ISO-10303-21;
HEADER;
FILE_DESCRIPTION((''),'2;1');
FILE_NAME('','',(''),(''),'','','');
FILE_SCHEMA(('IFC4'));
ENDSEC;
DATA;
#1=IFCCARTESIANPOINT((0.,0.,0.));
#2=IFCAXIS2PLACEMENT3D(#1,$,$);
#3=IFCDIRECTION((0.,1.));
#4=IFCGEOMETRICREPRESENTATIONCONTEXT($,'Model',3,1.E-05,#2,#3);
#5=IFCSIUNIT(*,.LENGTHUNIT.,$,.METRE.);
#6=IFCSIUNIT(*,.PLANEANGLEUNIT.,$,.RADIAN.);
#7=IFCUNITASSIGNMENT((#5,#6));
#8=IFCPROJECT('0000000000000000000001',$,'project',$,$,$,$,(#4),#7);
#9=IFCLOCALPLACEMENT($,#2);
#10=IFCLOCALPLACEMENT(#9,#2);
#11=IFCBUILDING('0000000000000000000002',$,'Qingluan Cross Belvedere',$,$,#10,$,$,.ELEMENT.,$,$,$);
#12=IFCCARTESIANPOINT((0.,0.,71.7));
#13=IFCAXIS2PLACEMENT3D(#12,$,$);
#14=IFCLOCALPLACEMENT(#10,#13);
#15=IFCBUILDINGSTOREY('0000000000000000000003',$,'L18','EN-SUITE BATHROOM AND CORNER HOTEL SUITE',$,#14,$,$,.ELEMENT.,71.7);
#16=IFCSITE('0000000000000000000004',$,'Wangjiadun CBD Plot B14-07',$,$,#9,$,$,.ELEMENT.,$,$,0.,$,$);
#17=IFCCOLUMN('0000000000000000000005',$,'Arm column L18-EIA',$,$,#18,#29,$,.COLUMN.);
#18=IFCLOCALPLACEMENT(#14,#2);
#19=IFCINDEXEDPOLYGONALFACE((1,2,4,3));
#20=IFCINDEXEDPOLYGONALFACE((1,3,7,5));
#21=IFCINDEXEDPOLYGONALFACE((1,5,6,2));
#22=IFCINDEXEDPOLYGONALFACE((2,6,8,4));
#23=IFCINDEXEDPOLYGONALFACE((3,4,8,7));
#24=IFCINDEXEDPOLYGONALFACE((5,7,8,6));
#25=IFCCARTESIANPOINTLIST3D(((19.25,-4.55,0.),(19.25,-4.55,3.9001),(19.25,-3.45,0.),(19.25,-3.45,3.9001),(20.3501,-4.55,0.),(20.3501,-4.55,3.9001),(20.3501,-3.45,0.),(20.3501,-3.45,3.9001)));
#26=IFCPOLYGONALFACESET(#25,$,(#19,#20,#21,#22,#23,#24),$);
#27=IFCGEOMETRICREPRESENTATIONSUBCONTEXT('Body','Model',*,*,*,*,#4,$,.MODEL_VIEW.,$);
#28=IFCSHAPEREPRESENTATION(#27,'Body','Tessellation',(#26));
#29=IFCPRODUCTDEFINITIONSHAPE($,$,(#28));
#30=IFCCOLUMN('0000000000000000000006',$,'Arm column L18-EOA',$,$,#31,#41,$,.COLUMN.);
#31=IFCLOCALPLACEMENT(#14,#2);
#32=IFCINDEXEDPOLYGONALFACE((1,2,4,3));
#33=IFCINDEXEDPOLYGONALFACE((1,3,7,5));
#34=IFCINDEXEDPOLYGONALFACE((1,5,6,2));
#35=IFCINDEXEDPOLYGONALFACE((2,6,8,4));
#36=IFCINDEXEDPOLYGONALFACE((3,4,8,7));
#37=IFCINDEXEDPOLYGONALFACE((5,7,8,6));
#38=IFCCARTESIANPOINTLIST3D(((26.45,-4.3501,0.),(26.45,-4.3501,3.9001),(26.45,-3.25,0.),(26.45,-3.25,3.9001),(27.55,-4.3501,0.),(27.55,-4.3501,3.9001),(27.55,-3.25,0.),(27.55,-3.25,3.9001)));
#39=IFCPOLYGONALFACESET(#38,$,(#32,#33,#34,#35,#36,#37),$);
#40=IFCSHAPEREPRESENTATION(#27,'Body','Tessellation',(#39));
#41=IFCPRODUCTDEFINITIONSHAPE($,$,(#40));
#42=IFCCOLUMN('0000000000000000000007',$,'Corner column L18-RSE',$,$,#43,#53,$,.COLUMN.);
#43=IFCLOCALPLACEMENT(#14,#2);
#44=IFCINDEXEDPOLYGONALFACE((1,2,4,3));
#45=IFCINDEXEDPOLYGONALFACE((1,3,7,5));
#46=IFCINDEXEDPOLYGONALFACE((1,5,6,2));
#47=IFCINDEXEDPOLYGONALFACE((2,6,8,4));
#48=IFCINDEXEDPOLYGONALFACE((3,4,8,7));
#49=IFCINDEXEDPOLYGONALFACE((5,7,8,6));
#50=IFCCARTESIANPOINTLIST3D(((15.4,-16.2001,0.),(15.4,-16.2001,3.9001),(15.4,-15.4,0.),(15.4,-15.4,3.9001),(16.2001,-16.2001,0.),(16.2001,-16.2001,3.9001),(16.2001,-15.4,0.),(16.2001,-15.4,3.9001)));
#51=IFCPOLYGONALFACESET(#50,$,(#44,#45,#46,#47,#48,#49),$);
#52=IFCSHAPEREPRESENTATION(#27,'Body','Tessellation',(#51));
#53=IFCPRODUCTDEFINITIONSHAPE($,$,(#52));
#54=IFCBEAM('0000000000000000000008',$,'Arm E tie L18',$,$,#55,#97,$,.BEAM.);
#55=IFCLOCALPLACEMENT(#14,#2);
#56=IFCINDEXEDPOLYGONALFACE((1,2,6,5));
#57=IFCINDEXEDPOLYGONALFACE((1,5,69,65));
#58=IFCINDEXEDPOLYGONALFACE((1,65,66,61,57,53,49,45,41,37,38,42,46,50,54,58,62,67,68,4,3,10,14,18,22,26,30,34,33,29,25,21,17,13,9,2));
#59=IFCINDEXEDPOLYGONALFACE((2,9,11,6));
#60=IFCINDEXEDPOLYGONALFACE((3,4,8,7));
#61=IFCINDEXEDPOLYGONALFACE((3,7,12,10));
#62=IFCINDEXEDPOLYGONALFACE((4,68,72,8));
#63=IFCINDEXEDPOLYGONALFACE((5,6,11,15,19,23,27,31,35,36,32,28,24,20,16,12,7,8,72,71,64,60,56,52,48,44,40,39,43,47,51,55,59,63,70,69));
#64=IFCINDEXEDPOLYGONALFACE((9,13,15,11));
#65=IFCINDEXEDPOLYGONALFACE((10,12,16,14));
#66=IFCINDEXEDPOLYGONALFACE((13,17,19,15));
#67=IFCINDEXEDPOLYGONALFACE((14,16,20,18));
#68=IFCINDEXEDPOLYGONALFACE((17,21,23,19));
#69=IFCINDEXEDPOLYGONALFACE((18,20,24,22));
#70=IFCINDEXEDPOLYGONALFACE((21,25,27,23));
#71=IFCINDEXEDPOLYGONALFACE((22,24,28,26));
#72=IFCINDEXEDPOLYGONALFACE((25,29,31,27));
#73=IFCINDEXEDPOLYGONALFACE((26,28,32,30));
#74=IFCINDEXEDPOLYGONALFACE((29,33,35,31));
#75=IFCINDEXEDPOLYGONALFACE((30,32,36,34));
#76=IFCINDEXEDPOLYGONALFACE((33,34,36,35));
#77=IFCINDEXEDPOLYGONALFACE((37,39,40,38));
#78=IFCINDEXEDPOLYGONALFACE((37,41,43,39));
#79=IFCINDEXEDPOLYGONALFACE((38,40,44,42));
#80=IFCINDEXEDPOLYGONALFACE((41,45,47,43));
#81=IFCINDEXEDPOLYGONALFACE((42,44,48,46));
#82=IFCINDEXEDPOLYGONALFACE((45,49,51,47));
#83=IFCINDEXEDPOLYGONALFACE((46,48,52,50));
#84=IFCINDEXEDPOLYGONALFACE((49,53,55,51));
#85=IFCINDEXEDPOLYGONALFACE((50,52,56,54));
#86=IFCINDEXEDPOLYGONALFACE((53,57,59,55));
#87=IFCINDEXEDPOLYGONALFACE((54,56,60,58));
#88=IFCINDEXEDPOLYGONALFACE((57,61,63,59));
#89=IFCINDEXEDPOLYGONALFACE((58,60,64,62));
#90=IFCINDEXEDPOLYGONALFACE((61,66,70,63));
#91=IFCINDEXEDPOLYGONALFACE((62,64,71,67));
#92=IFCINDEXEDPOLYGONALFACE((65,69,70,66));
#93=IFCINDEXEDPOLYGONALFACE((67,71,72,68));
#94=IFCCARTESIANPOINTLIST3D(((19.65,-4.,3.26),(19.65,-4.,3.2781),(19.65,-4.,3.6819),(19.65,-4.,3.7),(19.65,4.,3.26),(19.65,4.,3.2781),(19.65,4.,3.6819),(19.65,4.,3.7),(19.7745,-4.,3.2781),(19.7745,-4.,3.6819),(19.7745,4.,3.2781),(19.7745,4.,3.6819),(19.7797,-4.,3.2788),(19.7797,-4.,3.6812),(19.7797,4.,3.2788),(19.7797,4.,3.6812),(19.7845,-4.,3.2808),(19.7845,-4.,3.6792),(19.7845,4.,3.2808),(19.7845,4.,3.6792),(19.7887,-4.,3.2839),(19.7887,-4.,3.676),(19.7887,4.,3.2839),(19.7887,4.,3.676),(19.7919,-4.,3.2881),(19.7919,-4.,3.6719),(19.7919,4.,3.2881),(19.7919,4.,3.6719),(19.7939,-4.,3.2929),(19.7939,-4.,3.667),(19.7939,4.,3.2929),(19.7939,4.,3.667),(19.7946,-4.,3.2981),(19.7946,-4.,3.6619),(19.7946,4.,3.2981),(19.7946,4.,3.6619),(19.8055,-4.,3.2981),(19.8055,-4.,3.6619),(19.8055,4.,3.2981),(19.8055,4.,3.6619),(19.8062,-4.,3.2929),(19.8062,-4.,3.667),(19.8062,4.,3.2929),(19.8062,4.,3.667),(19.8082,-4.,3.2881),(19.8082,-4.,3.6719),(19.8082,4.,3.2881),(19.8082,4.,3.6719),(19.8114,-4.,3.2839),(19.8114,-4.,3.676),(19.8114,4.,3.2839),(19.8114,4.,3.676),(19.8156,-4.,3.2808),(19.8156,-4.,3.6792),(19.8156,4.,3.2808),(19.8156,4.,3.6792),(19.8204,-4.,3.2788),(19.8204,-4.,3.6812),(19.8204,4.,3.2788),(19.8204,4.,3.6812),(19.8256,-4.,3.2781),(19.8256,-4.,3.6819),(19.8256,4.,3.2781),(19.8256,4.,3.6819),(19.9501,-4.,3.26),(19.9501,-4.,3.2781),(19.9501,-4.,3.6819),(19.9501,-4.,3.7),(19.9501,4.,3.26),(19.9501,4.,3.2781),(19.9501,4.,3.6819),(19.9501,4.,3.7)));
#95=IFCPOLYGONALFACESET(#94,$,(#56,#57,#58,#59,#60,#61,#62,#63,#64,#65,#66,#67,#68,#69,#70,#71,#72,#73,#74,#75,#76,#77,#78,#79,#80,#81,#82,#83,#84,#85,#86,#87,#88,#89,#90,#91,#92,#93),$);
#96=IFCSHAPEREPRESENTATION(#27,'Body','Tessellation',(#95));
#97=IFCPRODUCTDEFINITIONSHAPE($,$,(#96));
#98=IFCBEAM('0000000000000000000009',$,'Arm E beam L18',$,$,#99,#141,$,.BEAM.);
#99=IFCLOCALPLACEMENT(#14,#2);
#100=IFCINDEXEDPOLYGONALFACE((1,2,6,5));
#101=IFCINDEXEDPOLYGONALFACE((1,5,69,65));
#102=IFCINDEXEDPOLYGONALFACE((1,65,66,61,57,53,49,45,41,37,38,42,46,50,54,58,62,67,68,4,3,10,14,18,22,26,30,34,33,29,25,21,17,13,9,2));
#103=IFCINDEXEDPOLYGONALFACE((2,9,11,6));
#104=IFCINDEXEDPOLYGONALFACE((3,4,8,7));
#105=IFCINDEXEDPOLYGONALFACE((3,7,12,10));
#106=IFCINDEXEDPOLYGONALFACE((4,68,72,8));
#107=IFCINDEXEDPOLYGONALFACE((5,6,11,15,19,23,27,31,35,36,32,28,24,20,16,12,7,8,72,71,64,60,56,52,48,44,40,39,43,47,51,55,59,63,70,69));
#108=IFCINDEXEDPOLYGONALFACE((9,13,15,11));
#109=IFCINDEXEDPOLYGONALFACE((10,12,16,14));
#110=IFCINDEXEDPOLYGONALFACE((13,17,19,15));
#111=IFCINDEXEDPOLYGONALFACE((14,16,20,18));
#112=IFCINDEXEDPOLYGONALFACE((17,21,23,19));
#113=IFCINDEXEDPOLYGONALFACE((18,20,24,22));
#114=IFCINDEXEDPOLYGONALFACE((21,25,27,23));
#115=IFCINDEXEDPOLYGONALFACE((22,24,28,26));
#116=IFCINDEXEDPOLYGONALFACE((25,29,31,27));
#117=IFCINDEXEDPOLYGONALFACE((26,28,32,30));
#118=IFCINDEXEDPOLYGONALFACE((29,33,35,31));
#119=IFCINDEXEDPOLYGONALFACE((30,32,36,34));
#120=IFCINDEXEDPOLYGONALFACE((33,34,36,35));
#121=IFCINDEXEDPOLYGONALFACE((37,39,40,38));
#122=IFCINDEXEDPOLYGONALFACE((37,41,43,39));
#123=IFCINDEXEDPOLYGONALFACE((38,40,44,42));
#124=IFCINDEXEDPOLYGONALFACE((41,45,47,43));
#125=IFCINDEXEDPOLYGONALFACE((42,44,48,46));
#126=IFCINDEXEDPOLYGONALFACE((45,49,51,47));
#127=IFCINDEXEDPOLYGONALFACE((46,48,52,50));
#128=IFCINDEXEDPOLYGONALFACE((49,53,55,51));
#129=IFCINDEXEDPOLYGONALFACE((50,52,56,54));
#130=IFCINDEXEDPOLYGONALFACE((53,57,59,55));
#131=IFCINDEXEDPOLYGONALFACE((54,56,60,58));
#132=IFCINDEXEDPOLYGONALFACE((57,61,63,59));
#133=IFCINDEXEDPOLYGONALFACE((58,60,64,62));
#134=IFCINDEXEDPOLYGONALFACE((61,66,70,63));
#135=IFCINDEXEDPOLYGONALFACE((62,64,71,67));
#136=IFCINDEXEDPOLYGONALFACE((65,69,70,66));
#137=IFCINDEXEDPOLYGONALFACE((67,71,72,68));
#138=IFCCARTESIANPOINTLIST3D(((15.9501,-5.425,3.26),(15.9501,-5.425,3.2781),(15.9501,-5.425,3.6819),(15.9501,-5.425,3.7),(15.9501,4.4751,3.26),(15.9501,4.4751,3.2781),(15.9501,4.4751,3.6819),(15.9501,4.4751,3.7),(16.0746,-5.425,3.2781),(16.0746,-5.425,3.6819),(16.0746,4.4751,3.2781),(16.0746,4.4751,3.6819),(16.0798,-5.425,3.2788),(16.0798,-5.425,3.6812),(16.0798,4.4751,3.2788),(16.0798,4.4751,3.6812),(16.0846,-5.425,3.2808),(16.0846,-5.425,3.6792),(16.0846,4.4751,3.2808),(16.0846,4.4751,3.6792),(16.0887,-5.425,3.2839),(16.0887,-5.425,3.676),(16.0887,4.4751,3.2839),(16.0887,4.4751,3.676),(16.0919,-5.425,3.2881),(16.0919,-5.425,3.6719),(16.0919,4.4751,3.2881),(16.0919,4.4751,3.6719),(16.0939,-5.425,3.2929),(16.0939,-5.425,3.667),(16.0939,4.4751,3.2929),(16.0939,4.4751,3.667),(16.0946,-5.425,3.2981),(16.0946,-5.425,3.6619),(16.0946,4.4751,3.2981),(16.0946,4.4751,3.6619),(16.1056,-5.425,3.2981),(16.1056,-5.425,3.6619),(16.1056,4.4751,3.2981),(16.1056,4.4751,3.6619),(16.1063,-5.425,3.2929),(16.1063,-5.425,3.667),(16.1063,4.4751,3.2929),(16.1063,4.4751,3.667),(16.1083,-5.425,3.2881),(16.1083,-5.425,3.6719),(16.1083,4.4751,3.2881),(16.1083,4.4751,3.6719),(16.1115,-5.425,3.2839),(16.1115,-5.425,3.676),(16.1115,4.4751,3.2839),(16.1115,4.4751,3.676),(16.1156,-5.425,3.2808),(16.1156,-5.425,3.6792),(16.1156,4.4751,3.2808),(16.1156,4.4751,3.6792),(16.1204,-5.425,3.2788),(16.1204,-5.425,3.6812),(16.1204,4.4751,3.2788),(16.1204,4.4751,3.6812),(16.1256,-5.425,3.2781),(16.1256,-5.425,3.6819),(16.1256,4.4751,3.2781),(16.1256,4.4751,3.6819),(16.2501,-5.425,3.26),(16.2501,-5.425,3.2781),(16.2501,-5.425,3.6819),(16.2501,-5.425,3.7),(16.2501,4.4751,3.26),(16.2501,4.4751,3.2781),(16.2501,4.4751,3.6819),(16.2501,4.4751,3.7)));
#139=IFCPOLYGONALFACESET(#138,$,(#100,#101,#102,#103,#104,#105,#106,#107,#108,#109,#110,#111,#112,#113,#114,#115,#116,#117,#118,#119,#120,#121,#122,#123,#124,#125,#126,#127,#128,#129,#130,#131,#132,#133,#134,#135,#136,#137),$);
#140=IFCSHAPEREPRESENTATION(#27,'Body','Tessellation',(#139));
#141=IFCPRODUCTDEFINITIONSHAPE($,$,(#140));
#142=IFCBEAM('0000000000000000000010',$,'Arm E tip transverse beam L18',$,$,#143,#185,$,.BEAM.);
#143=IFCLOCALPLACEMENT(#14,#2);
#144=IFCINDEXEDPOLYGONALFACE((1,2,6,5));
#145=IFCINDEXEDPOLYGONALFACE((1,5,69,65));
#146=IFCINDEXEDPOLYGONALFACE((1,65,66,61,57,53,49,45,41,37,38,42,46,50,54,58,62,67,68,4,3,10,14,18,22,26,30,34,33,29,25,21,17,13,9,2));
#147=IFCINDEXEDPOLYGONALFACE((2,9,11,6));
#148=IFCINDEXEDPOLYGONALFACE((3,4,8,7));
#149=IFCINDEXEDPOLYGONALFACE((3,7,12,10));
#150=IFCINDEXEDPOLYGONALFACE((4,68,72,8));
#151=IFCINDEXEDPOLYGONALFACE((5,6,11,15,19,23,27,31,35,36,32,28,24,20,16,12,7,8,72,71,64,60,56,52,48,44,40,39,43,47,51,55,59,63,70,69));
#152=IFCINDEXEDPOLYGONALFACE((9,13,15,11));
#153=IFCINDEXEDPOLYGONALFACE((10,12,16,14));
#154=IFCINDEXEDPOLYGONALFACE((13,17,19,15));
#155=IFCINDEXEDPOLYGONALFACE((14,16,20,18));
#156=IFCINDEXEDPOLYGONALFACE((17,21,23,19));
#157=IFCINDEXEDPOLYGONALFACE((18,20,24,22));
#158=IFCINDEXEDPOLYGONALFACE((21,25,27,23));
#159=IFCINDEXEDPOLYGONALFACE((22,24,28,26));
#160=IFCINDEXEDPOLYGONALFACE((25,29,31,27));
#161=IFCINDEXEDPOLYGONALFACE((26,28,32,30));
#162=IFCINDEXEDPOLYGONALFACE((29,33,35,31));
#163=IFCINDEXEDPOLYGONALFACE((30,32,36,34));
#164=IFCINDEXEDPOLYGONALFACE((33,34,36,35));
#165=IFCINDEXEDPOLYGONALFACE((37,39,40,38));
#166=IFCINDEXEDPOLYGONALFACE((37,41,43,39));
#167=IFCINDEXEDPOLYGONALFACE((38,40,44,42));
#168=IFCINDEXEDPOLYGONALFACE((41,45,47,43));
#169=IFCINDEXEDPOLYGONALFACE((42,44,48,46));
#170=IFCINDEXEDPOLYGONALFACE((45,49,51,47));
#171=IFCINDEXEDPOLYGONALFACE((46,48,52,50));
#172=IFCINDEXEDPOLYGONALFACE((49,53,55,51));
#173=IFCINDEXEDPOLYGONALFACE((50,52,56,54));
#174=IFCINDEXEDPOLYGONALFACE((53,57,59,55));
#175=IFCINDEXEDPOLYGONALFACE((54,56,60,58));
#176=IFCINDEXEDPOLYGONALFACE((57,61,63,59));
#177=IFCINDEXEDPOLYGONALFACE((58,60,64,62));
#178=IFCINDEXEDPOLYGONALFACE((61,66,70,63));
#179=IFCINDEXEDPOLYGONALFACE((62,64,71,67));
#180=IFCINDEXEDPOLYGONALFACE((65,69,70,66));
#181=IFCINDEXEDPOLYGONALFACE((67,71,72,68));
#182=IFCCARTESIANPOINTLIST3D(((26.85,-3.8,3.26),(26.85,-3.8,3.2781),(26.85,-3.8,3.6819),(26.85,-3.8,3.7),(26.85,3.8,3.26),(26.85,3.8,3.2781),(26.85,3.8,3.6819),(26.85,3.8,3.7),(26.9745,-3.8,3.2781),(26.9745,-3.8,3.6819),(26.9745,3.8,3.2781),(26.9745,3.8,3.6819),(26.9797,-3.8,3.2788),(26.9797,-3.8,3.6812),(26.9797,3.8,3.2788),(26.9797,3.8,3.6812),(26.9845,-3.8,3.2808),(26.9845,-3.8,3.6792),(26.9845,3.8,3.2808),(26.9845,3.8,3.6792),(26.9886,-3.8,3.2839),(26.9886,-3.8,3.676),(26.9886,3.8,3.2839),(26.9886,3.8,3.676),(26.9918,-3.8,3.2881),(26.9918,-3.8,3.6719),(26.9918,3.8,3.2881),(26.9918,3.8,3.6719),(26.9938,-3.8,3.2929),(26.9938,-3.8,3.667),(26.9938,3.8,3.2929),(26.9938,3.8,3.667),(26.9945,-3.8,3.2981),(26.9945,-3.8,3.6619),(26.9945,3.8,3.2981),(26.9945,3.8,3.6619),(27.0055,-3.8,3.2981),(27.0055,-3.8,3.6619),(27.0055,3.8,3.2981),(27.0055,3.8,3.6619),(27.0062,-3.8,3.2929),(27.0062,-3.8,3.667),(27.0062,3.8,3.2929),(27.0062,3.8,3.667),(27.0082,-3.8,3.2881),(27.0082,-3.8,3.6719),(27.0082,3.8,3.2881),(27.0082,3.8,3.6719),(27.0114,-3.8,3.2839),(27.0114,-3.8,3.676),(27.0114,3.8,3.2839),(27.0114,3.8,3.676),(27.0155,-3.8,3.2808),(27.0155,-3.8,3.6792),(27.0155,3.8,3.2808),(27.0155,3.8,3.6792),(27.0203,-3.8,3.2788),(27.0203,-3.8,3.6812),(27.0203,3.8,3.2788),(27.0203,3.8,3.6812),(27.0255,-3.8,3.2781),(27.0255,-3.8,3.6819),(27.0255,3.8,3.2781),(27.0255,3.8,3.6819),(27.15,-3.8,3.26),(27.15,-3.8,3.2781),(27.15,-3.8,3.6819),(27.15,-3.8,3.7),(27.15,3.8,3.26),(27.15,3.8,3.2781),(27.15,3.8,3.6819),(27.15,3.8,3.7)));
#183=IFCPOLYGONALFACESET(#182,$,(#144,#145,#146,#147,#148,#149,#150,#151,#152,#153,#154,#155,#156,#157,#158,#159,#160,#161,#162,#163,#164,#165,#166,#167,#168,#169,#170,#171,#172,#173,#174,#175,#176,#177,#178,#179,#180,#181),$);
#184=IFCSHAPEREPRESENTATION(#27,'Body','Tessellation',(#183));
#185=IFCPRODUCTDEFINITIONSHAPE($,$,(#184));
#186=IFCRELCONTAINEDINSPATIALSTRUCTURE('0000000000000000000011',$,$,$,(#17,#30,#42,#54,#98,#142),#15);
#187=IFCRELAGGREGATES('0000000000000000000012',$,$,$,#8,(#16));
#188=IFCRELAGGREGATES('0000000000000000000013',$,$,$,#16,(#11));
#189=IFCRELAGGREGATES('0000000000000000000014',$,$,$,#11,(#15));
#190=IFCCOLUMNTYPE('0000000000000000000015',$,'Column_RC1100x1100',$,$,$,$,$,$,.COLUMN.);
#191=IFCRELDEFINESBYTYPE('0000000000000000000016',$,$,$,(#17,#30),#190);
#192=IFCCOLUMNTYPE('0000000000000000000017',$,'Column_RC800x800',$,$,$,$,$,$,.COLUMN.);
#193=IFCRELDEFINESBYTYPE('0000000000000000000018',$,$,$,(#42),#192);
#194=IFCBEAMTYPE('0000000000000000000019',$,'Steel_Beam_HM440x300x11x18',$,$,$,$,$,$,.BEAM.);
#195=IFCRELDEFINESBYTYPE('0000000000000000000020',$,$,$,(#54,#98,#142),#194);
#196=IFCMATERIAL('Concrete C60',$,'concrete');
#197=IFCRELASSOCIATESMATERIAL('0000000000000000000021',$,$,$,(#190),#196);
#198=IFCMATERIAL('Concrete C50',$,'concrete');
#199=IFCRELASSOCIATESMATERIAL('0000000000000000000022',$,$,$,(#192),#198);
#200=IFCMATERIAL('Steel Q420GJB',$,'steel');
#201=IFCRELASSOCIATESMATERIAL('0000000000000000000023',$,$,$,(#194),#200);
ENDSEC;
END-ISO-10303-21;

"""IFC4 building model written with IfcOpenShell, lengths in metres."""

from ifc_helpers import new_model, si_unit, direction, frame, origin, origin_2d, place, context, subcontext, project, spatial, rectangle, i_section, extrude, material, material_profile, profile_set, type_object, element, save


model = new_model("IFC4")

# Units and contexts
model_context = context("Model", 3, precision=1e-05, world=origin(), true_north=direction((0.0, 1.0)))
body_context = subcontext(model_context, "Body", "Model", "MODEL_VIEW")
ifc_project = project(units=[si_unit("LENGTHUNIT", "METRE"), si_unit("PLANEANGLEUNIT", "RADIAN")], contexts=[model_context])

# Site, building, storey
site_placement = place(None, origin())
site = spatial("IfcSite", under=ifc_project, at=site_placement, Name="Wangjiadun CBD Plot B14-07", CompositionType="ELEMENT", RefElevation=0.0)
building_placement = place(site_placement, origin())
building = spatial("IfcBuilding", under=site, at=building_placement, Name="Qingluan Cross Belvedere", CompositionType="ELEMENT")
storey_placement = place(building_placement, frame((0.0, 0.0, 71.7)))
storey = spatial("IfcBuildingStorey", under=building, at=storey_placement, Name="L18", Description="EN-SUITE BATHROOM AND CORNER HOTEL SUITE", CompositionType="ELEMENT", Elevation=71.7)

# Columns
ifc_material_1 = material(Name="Concrete C60", Category="concrete")
ifc_material_profile_1 = material_profile(ifc_material_1, rectangle(XDim=1.1001, YDim=1.1001, at=origin_2d()), Name="RC1100x1100")
ifc_profile_set_1 = profile_set([ifc_material_profile_1], Name="Concrete C60")
column_type_1 = type_object("IfcColumnType", Name="Column_RC1100x1100", PredefinedType="COLUMN", material=ifc_profile_set_1)
for number, where, z_axis, x_axis, name in (
    (1, (19.8, -4.0, 0.0), (0.0, 0.0, 1.0), (1.0, 0.0, 0.0), "Arm column L18-EIA"),
    (2, (27.0, -3.8, 0.0), (0.0, 0.0, 1.0), (1.0, 0.0, 0.0), "Arm column L18-EOA"),
):
    element("IfcColumn", number, at=place(storey_placement, frame(where, z_axis=z_axis, x_axis=x_axis)), inside=storey, type_object=column_type_1, Name=name, PredefinedType="COLUMN", context=body_context, shape_type="SweptSolid", body=[
        extrude(rectangle(XDim=1.1001, YDim=1.1001, at=origin_2d()), origin(), (0.0, 0.0, 1.0), 3.9001),
    ])
ifc_material_2 = material(Name="Concrete C50", Category="concrete")
ifc_material_profile_2 = material_profile(ifc_material_2, rectangle(XDim=0.8, YDim=0.8, at=origin_2d()), Name="RC800x800")
ifc_profile_set_2 = profile_set([ifc_material_profile_2], Name="Concrete C50")
column_type_2 = type_object("IfcColumnType", Name="Column_RC800x800", PredefinedType="COLUMN", material=ifc_profile_set_2)
column_placement = place(storey_placement, frame((15.8, -15.8, 0.0), z_axis=(0.0, 0.0, 1.0), x_axis=(1.0, 0.0, 0.0)))
element("IfcColumn", 3, at=column_placement, inside=storey, type_object=column_type_2, Name="Corner column L18-RSE", PredefinedType="COLUMN", context=body_context, shape_type="SweptSolid", body=[
    extrude(rectangle(XDim=0.8, YDim=0.8, at=origin_2d()), origin(), (0.0, 0.0, 1.0), 3.9001),
])

# Beams
ifc_material_3 = material(Name="Steel Q420GJB", Category="steel")
ifc_material_profile_3 = material_profile(ifc_material_3, i_section(OverallWidth=0.3, OverallDepth=0.4399, WebThickness=0.011, FlangeThickness=0.0181, FilletRadius=0.02, at=origin_2d()), Name="HM440x300x11x18")
ifc_profile_set_3 = profile_set([ifc_material_profile_3], Name="Steel Q420GJB")
beam_type_1 = type_object("IfcBeamType", Name="Steel_Beam_HM440x300x11x18", PredefinedType="BEAM", material=ifc_profile_set_3)
beam_1_placement = place(storey_placement, frame((19.8, -4.0, 3.48), z_axis=(0.0, 1.0, 0.0), x_axis=(-1.0, 0.0, 0.0)))
element("IfcBeam", 4, at=beam_1_placement, inside=storey, type_object=beam_type_1, Name="Arm E tie L18", PredefinedType="BEAM", context=body_context, shape_type="SweptSolid", body=[
    extrude(i_section(OverallWidth=0.3, OverallDepth=0.4399, WebThickness=0.011, FlangeThickness=0.0181, FilletRadius=0.02, at=origin_2d()), origin(), (0.0, 0.0, 1.0), 8.0),
])
beam_2_placement = place(storey_placement, frame((16.1001, -5.425, 3.48), z_axis=(0.0, 1.0, 0.0), x_axis=(-1.0, 0.0, 0.0)))
element("IfcBeam", 5, at=beam_2_placement, inside=storey, type_object=beam_type_1, Name="Arm E beam L18", PredefinedType="BEAM", context=body_context, shape_type="SweptSolid", body=[
    extrude(i_section(OverallWidth=0.3, OverallDepth=0.4399, WebThickness=0.011, FlangeThickness=0.0181, FilletRadius=0.02, at=origin_2d()), origin(), (0.0, 0.0, 1.0), 9.9001),
])
beam_3_placement = place(storey_placement, frame((27.0, -3.8, 3.48), z_axis=(0.0, 1.0, 0.0), x_axis=(-1.0, 0.0, 0.0)))
element("IfcBeam", 6, at=beam_3_placement, inside=storey, type_object=beam_type_1, Name="Arm E tip transverse beam L18", PredefinedType="BEAM", context=body_context, shape_type="SweptSolid", body=[
    extrude(i_section(OverallWidth=0.3, OverallDepth=0.4399, WebThickness=0.011, FlangeThickness=0.0181, FilletRadius=0.02, at=origin_2d()), origin(), (0.0, 0.0, 1.0), 7.6001),
])

save(model, "model.ifc")
